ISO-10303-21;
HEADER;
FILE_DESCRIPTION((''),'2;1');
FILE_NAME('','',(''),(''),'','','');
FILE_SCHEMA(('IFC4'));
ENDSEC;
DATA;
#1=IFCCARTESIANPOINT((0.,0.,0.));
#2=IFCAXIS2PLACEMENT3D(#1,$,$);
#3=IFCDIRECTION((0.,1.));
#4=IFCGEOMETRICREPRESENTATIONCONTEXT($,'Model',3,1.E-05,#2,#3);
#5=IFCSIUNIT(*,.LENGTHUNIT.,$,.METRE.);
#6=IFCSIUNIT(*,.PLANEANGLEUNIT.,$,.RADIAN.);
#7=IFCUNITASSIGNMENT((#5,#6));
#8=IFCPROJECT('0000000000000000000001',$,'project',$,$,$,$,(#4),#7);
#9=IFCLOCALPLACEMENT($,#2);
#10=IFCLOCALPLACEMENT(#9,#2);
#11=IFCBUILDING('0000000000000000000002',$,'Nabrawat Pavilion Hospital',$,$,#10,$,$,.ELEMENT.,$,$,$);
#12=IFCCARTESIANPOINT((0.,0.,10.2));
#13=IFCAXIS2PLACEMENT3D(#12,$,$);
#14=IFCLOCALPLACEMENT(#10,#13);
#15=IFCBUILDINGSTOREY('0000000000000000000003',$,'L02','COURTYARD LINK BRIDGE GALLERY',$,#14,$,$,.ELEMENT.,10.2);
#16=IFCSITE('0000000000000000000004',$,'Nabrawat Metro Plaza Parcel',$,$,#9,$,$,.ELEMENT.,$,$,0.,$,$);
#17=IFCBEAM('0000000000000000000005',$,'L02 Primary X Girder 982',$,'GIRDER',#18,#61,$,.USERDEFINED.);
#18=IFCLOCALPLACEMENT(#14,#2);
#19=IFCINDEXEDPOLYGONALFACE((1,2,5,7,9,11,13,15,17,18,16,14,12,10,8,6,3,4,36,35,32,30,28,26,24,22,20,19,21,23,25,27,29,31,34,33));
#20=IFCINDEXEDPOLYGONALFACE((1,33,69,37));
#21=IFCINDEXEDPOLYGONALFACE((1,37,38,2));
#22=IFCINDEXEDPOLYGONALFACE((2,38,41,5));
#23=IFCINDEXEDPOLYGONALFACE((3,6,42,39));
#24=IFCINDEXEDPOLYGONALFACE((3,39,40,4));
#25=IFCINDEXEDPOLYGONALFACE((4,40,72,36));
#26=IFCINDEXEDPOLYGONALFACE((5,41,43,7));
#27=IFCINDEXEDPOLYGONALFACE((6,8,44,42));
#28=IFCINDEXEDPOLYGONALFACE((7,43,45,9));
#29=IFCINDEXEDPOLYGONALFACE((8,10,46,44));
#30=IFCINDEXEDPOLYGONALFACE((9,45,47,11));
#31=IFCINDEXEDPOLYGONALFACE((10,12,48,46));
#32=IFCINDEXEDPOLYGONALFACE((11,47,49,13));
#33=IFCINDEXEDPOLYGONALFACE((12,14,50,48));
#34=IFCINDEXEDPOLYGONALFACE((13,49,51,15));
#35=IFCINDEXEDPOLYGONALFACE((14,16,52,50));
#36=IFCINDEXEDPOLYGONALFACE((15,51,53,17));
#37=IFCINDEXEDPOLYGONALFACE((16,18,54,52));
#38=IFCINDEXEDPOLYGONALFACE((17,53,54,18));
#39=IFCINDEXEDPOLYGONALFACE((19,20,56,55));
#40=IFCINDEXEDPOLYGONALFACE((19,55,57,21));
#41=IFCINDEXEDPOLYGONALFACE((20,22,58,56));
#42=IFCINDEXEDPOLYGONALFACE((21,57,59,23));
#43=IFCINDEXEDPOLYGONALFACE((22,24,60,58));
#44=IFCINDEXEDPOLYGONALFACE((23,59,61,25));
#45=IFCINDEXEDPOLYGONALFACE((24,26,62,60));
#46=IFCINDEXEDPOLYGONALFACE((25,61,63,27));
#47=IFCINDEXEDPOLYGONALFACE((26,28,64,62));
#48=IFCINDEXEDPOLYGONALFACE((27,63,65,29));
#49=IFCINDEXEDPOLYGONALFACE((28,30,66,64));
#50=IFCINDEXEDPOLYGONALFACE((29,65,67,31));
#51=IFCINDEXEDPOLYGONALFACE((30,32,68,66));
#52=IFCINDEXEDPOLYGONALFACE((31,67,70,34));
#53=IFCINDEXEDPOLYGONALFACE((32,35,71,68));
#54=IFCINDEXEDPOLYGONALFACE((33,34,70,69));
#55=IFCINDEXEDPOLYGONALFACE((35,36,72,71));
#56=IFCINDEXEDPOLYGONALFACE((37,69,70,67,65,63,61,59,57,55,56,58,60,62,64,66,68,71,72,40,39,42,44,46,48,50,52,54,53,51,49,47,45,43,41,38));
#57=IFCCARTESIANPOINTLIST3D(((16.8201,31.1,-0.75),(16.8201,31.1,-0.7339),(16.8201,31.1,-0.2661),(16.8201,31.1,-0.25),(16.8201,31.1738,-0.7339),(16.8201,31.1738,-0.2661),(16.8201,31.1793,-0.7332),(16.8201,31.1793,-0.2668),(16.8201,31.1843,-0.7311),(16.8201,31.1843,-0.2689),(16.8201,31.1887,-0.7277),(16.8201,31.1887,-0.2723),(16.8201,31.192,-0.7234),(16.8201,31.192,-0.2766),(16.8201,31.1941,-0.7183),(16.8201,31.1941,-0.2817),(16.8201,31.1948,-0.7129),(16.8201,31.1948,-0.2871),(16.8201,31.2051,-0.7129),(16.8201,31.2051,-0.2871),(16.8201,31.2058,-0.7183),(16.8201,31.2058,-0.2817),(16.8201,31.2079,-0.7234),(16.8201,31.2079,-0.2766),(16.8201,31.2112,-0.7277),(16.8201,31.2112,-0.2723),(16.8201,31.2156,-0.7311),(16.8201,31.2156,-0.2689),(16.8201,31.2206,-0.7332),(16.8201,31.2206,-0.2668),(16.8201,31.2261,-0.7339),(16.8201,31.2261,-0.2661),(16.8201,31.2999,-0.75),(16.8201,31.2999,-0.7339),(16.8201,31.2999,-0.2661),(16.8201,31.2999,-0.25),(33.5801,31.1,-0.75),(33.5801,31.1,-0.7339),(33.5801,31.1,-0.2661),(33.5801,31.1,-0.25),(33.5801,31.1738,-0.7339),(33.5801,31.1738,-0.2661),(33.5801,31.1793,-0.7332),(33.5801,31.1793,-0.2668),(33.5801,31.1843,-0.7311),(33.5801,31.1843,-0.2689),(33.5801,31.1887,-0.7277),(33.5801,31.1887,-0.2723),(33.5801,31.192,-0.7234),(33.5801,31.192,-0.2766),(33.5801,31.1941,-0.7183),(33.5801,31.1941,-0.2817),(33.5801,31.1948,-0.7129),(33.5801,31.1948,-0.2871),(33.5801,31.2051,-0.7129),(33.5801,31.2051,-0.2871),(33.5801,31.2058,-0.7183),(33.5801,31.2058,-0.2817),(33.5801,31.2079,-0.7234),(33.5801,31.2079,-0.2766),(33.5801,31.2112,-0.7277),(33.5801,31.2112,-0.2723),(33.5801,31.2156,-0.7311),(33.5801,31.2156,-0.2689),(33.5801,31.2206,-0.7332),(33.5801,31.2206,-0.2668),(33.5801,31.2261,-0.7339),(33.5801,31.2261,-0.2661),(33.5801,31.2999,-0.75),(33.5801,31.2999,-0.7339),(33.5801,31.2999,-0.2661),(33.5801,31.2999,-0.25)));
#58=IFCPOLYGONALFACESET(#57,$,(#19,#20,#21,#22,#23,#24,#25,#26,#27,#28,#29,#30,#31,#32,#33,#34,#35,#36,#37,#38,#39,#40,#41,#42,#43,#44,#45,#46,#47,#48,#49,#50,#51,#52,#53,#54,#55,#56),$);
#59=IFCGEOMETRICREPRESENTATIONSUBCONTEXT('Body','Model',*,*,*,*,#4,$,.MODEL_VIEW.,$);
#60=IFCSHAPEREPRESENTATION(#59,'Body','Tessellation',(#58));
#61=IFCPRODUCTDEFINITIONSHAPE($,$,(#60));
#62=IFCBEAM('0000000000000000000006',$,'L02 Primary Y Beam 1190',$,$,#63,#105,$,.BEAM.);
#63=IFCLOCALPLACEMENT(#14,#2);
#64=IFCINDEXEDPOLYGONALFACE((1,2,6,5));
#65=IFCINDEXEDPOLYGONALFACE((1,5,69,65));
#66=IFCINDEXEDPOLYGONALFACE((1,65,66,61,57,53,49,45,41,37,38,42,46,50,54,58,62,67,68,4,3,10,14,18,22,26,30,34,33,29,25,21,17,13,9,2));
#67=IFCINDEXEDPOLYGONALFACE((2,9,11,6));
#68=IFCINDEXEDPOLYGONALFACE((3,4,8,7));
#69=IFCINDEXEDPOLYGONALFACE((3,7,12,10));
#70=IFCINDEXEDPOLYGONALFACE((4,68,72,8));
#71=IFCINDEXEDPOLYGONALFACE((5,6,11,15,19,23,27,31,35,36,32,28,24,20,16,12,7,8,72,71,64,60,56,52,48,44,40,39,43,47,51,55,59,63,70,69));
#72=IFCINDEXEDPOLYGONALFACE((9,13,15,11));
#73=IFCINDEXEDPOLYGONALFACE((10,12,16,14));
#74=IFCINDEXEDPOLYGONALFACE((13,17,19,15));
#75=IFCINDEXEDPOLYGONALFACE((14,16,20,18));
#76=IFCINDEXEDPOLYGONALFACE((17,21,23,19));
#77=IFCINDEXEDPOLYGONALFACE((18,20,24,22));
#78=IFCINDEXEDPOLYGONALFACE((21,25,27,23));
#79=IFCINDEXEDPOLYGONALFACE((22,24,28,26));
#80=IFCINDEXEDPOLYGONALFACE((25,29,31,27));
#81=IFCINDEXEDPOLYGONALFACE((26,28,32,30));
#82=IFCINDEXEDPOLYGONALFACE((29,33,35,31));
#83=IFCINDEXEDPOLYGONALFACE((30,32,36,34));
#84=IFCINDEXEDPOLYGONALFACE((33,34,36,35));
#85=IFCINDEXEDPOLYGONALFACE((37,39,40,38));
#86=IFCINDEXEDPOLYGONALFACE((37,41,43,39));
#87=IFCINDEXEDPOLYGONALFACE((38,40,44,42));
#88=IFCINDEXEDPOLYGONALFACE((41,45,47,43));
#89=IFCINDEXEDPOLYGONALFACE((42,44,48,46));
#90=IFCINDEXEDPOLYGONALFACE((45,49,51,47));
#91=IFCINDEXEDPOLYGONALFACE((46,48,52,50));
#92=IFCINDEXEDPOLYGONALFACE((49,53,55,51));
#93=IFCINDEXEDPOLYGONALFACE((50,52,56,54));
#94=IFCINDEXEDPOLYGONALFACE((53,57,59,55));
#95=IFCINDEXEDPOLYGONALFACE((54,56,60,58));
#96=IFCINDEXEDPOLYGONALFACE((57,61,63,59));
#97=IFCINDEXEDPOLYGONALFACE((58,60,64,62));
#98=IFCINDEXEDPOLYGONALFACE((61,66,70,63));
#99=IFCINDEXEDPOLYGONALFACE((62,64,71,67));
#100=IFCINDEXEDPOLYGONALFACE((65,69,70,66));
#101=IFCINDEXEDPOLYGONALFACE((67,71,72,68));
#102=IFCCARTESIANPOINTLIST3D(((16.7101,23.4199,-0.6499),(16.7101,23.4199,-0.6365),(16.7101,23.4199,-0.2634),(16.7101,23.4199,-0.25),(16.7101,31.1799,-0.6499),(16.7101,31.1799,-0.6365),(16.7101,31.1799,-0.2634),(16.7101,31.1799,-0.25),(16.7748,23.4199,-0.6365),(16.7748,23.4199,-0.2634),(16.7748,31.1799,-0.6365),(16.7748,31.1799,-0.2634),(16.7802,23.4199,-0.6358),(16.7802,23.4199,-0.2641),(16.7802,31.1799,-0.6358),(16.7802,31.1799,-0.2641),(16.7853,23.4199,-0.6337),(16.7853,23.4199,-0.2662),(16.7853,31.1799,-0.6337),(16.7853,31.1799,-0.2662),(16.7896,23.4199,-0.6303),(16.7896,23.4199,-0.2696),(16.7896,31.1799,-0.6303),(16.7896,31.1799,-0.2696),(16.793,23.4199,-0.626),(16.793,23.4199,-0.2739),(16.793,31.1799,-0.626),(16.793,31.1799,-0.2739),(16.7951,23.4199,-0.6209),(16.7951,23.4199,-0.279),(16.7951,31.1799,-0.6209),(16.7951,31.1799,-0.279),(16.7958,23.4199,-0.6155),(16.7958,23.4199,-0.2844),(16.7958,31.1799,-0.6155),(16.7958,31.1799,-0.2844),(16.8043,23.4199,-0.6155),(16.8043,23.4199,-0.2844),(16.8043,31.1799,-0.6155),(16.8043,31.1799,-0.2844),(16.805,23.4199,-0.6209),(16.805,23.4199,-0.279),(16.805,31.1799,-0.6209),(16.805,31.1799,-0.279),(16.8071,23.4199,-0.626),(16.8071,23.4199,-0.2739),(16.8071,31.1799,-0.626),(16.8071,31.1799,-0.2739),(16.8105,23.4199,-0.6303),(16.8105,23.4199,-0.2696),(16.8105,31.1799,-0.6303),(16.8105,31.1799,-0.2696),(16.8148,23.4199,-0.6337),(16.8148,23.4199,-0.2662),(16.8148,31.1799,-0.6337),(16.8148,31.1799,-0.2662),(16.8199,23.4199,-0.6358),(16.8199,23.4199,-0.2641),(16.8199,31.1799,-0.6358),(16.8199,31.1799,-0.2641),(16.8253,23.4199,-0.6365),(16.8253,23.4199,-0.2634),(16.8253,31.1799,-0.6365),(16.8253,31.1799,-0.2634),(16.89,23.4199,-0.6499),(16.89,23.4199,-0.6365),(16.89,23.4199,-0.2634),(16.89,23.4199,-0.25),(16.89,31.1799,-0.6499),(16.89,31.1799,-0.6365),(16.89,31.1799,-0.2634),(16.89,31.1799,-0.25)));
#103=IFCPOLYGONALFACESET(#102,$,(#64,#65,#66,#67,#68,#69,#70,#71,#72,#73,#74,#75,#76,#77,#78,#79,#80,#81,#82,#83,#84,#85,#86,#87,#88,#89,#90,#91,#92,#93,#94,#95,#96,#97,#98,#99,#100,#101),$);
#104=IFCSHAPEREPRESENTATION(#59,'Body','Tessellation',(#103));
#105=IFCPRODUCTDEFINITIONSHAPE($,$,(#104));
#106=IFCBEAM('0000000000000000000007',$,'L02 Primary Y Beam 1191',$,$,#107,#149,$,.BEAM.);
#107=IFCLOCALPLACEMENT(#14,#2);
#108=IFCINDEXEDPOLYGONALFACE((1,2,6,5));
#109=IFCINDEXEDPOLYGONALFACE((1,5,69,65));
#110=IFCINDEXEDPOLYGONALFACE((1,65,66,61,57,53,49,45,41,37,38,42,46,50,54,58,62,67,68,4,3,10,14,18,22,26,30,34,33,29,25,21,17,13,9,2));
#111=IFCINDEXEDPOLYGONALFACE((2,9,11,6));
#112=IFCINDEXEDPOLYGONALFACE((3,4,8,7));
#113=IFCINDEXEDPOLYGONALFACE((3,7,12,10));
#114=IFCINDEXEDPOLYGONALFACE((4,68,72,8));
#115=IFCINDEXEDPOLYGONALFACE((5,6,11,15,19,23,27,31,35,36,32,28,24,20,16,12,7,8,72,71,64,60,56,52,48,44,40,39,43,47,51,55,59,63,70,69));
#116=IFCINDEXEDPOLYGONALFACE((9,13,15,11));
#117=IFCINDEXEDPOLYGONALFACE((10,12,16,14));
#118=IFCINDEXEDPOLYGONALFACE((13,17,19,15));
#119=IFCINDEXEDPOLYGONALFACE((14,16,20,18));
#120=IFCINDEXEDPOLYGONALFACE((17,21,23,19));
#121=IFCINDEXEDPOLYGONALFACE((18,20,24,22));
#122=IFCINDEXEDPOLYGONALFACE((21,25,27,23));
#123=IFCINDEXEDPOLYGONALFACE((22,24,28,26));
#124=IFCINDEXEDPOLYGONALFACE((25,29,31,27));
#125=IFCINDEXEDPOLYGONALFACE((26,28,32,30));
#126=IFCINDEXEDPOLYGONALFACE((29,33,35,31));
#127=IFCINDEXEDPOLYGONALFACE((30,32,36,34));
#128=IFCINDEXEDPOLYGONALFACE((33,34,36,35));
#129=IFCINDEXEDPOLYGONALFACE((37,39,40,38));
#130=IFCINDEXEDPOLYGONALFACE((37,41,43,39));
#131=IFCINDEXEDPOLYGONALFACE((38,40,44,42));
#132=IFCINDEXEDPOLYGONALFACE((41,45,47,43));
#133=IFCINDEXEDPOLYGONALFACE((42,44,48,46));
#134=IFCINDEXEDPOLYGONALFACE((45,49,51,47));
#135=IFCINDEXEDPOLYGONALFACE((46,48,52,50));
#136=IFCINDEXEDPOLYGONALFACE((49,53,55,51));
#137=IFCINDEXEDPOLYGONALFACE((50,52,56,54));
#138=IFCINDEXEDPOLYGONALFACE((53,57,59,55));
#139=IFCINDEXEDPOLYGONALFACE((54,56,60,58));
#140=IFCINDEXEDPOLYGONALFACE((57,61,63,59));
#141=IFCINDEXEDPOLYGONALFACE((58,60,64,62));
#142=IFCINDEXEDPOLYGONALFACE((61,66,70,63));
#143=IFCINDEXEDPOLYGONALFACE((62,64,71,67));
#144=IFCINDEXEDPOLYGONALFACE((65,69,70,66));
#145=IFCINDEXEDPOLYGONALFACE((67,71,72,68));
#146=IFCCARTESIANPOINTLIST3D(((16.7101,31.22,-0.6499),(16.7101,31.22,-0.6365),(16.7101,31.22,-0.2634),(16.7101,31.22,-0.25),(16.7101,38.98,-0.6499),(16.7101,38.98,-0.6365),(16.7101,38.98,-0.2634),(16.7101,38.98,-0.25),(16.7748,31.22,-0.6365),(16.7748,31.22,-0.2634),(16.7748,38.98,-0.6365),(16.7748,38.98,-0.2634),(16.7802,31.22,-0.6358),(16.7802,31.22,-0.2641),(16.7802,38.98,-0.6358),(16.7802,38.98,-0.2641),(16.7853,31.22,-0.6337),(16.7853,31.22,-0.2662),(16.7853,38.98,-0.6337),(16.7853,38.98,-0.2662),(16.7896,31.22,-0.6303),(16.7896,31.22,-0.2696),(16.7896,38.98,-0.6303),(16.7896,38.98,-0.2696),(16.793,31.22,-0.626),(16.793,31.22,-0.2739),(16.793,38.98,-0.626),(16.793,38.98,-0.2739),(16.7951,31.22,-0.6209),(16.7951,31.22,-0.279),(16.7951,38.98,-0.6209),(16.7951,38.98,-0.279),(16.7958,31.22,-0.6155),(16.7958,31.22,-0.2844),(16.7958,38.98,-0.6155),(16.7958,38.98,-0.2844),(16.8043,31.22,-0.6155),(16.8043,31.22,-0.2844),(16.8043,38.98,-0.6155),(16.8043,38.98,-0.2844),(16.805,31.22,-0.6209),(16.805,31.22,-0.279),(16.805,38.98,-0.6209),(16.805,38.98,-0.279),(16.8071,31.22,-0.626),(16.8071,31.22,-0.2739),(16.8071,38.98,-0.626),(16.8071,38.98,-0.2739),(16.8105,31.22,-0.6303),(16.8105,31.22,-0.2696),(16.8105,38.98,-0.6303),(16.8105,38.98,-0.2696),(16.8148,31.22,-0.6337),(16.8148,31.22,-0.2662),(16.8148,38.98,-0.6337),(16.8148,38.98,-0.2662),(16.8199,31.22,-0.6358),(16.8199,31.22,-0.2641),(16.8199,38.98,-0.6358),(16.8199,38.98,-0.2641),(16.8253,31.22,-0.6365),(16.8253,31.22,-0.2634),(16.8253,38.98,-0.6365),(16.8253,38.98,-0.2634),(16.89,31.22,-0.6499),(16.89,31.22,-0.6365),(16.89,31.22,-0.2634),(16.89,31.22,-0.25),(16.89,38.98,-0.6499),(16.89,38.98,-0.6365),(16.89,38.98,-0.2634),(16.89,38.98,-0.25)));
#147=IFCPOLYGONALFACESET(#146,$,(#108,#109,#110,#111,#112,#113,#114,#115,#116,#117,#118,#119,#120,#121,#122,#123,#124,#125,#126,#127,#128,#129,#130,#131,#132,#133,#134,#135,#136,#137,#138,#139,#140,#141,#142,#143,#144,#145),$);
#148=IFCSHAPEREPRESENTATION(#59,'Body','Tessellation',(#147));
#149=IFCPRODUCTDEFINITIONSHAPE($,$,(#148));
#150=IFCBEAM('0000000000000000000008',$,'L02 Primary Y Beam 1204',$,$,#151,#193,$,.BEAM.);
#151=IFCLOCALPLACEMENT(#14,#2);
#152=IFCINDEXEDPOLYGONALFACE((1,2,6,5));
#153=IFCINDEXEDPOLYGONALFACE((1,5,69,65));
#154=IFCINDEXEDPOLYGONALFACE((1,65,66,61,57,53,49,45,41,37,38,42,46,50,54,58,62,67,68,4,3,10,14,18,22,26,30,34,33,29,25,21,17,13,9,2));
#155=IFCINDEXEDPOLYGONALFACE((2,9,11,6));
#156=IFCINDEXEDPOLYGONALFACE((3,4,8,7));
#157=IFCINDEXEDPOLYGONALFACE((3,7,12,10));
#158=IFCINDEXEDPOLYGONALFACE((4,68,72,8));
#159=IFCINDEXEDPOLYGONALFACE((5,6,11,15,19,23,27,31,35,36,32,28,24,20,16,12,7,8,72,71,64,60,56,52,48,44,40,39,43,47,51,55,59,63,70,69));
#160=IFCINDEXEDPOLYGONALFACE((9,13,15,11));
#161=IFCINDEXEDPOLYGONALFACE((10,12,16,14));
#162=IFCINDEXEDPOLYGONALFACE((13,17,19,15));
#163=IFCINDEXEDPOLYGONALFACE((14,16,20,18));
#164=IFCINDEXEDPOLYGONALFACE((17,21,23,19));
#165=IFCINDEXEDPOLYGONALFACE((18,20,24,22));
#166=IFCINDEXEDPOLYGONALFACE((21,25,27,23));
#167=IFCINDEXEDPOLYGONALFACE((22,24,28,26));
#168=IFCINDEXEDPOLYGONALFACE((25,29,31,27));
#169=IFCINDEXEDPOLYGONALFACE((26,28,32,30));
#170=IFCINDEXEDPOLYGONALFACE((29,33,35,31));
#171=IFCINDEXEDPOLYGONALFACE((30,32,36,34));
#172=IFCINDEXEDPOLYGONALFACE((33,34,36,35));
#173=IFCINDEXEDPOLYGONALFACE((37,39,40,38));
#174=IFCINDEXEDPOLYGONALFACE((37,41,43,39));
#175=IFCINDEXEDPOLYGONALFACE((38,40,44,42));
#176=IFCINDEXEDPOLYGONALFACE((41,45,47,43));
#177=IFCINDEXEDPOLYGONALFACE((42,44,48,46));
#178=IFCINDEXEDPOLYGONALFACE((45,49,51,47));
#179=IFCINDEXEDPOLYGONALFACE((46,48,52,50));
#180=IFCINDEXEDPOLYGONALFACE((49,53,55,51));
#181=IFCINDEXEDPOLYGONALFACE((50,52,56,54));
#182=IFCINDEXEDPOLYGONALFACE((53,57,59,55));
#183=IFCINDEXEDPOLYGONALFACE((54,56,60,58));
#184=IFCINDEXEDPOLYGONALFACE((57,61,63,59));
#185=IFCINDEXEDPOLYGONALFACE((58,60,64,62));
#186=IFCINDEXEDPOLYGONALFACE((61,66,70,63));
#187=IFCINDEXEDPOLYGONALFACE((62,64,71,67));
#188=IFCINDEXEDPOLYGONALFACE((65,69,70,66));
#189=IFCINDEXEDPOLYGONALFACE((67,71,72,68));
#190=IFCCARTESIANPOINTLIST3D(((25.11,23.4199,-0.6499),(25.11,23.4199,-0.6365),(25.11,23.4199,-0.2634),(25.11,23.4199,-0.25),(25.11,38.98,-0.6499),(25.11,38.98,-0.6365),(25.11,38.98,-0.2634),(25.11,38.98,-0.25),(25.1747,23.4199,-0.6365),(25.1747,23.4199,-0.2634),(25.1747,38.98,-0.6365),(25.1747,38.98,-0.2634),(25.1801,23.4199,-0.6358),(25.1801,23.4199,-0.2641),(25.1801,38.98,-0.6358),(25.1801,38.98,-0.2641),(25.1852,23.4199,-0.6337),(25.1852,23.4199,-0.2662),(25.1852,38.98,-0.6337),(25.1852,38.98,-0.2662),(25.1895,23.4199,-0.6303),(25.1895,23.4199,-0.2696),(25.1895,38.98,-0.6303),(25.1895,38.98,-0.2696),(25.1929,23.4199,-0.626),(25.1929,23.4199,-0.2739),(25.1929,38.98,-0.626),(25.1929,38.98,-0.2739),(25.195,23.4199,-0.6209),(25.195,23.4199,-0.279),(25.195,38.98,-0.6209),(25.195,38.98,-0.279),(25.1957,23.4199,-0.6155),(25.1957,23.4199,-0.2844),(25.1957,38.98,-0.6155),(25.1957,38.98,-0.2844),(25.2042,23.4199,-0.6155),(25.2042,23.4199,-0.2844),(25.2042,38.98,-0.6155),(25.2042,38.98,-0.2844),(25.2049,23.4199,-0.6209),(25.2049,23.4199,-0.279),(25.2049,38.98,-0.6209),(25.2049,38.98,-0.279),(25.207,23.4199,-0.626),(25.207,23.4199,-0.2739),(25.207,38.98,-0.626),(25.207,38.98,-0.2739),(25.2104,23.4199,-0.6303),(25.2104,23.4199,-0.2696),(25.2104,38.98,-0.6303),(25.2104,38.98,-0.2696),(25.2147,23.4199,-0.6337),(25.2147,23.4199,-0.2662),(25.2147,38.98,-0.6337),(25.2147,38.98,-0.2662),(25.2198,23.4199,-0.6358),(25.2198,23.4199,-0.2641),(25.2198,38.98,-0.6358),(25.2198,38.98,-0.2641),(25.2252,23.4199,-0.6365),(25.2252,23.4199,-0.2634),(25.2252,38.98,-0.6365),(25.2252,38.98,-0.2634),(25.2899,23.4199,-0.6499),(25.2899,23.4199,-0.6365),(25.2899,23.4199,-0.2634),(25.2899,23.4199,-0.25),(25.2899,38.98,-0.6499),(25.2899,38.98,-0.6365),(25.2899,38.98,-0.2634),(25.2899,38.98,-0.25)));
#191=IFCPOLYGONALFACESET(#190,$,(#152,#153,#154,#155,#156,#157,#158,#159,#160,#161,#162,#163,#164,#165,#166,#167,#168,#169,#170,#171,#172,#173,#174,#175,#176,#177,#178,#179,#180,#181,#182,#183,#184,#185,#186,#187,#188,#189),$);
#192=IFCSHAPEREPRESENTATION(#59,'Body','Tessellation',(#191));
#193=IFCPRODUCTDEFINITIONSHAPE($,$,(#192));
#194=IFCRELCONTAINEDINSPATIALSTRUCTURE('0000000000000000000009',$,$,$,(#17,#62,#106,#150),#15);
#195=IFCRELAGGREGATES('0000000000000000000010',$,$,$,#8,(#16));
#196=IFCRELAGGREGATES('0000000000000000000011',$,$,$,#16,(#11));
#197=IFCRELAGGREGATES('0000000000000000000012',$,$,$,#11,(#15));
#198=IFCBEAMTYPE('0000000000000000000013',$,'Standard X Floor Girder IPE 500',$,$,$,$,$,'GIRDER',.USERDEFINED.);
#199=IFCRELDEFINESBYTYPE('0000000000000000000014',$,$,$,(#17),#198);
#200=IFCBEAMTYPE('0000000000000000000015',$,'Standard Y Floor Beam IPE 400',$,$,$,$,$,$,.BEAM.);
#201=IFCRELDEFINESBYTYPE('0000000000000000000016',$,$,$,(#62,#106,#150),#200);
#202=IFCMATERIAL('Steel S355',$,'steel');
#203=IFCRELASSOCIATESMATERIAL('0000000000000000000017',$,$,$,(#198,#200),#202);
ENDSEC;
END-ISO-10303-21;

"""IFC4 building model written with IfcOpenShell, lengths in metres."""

from ifc_helpers import new_model, si_unit, direction, frame, origin, origin_2d, place, context, subcontext, project, spatial, i_section, extrude, material, material_profile, profile_set, type_object, element, save


model = new_model("IFC4")

# Units and contexts
model_context = context("Model", 3, precision=1e-05, world=origin(), true_north=direction((0.0, 1.0)))
body_context = subcontext(model_context, "Body", "Model", "MODEL_VIEW")
ifc_project = project(units=[si_unit("LENGTHUNIT", "METRE"), si_unit("PLANEANGLEUNIT", "RADIAN")], contexts=[model_context])

# Site, building, storey
site_placement = place(None, origin())
site = spatial("IfcSite", under=ifc_project, at=site_placement, Name="Nabrawat Metro Plaza Parcel", CompositionType="ELEMENT", RefElevation=0.0)
building_placement = place(site_placement, origin())
building = spatial("IfcBuilding", under=site, at=building_placement, Name="Nabrawat Pavilion Hospital", CompositionType="ELEMENT")
storey_placement = place(building_placement, frame((0.0, 0.0, 10.2)))
storey = spatial("IfcBuildingStorey", under=building, at=storey_placement, Name="L02", Description="COURTYARD LINK BRIDGE GALLERY", CompositionType="ELEMENT", Elevation=10.2)

# Shared definitions
ifc_material_1 = material(Name="Steel S355", Category="steel")

# Beams
ifc_material_profile_1 = material_profile(ifc_material_1, i_section(OverallWidth=0.2, OverallDepth=0.5, WebThickness=0.0103, FlangeThickness=0.0161, FilletRadius=0.021, at=origin_2d()), Name="IPE 500")
ifc_profile_set_1 = profile_set([ifc_material_profile_1], Name="Steel S355")
beam_type_1 = type_object("IfcBeamType", Name="Standard X Floor Girder IPE 500", ElementType="GIRDER", PredefinedType="USERDEFINED", material=ifc_profile_set_1)
for number, where, z_axis, x_axis, name in (
    (1, (16.8201, 31.2, -0.5), (1.0, 0.0, 0.0), (0.0, 1.0, 0.0), "L02 Primary X Girder 982"),
):
    element("IfcBeam", number, at=place(storey_placement, frame(where, z_axis=z_axis, x_axis=x_axis)), inside=storey, type_object=beam_type_1, Name=name, ObjectType="GIRDER", PredefinedType="USERDEFINED", context=body_context, shape_type="SweptSolid", body=[
        extrude(i_section(OverallWidth=0.2, OverallDepth=0.5, WebThickness=0.0103, FlangeThickness=0.0161, FilletRadius=0.021, at=origin_2d()), origin(), (0.0, 0.0, 1.0), 16.76),
    ])
ifc_material_profile_2 = material_profile(ifc_material_1, i_section(OverallWidth=0.1799, OverallDepth=0.3999, WebThickness=0.0085, FlangeThickness=0.0134, FilletRadius=0.021, at=origin_2d()), Name="IPE 400")
ifc_profile_set_2 = profile_set([ifc_material_profile_2], Name="Steel S355")
beam_type_2 = type_object("IfcBeamType", Name="Standard Y Floor Beam IPE 400", PredefinedType="BEAM", material=ifc_profile_set_2)
for number, where, z_axis, x_axis, name in (
    (2, (16.8, 23.4199, -0.45), (0.0, 1.0, 0.0), (-1.0, 0.0, 0.0), "L02 Primary Y Beam 1190"),
    (3, (16.8, 31.22, -0.45), (0.0, 1.0, 0.0), (-1.0, 0.0, 0.0), "L02 Primary Y Beam 1191"),
):
    element("IfcBeam", number, at=place(storey_placement, frame(where, z_axis=z_axis, x_axis=x_axis)), inside=storey, type_object=beam_type_2, Name=name, PredefinedType="BEAM", context=body_context, shape_type="SweptSolid", body=[
        extrude(i_section(OverallWidth=0.1799, OverallDepth=0.3999, WebThickness=0.0085, FlangeThickness=0.0134, FilletRadius=0.021, at=origin_2d()), origin(), (0.0, 0.0, 1.0), 7.76),
    ])
beam_1_placement = place(storey_placement, frame((25.2, 23.4199, -0.45), z_axis=(0.0, 1.0, 0.0), x_axis=(-1.0, 0.0, 0.0)))
element("IfcBeam", 4, at=beam_1_placement, inside=storey, type_object=beam_type_2, Name="L02 Primary Y Beam 1204", PredefinedType="BEAM", context=body_context, shape_type="SweptSolid", body=[
    extrude(i_section(OverallWidth=0.1799, OverallDepth=0.3999, WebThickness=0.0085, FlangeThickness=0.0134, FilletRadius=0.021, at=origin_2d()), origin(), (0.0, 0.0, 1.0), 15.5601),
])

save(model, "model.ifc")
